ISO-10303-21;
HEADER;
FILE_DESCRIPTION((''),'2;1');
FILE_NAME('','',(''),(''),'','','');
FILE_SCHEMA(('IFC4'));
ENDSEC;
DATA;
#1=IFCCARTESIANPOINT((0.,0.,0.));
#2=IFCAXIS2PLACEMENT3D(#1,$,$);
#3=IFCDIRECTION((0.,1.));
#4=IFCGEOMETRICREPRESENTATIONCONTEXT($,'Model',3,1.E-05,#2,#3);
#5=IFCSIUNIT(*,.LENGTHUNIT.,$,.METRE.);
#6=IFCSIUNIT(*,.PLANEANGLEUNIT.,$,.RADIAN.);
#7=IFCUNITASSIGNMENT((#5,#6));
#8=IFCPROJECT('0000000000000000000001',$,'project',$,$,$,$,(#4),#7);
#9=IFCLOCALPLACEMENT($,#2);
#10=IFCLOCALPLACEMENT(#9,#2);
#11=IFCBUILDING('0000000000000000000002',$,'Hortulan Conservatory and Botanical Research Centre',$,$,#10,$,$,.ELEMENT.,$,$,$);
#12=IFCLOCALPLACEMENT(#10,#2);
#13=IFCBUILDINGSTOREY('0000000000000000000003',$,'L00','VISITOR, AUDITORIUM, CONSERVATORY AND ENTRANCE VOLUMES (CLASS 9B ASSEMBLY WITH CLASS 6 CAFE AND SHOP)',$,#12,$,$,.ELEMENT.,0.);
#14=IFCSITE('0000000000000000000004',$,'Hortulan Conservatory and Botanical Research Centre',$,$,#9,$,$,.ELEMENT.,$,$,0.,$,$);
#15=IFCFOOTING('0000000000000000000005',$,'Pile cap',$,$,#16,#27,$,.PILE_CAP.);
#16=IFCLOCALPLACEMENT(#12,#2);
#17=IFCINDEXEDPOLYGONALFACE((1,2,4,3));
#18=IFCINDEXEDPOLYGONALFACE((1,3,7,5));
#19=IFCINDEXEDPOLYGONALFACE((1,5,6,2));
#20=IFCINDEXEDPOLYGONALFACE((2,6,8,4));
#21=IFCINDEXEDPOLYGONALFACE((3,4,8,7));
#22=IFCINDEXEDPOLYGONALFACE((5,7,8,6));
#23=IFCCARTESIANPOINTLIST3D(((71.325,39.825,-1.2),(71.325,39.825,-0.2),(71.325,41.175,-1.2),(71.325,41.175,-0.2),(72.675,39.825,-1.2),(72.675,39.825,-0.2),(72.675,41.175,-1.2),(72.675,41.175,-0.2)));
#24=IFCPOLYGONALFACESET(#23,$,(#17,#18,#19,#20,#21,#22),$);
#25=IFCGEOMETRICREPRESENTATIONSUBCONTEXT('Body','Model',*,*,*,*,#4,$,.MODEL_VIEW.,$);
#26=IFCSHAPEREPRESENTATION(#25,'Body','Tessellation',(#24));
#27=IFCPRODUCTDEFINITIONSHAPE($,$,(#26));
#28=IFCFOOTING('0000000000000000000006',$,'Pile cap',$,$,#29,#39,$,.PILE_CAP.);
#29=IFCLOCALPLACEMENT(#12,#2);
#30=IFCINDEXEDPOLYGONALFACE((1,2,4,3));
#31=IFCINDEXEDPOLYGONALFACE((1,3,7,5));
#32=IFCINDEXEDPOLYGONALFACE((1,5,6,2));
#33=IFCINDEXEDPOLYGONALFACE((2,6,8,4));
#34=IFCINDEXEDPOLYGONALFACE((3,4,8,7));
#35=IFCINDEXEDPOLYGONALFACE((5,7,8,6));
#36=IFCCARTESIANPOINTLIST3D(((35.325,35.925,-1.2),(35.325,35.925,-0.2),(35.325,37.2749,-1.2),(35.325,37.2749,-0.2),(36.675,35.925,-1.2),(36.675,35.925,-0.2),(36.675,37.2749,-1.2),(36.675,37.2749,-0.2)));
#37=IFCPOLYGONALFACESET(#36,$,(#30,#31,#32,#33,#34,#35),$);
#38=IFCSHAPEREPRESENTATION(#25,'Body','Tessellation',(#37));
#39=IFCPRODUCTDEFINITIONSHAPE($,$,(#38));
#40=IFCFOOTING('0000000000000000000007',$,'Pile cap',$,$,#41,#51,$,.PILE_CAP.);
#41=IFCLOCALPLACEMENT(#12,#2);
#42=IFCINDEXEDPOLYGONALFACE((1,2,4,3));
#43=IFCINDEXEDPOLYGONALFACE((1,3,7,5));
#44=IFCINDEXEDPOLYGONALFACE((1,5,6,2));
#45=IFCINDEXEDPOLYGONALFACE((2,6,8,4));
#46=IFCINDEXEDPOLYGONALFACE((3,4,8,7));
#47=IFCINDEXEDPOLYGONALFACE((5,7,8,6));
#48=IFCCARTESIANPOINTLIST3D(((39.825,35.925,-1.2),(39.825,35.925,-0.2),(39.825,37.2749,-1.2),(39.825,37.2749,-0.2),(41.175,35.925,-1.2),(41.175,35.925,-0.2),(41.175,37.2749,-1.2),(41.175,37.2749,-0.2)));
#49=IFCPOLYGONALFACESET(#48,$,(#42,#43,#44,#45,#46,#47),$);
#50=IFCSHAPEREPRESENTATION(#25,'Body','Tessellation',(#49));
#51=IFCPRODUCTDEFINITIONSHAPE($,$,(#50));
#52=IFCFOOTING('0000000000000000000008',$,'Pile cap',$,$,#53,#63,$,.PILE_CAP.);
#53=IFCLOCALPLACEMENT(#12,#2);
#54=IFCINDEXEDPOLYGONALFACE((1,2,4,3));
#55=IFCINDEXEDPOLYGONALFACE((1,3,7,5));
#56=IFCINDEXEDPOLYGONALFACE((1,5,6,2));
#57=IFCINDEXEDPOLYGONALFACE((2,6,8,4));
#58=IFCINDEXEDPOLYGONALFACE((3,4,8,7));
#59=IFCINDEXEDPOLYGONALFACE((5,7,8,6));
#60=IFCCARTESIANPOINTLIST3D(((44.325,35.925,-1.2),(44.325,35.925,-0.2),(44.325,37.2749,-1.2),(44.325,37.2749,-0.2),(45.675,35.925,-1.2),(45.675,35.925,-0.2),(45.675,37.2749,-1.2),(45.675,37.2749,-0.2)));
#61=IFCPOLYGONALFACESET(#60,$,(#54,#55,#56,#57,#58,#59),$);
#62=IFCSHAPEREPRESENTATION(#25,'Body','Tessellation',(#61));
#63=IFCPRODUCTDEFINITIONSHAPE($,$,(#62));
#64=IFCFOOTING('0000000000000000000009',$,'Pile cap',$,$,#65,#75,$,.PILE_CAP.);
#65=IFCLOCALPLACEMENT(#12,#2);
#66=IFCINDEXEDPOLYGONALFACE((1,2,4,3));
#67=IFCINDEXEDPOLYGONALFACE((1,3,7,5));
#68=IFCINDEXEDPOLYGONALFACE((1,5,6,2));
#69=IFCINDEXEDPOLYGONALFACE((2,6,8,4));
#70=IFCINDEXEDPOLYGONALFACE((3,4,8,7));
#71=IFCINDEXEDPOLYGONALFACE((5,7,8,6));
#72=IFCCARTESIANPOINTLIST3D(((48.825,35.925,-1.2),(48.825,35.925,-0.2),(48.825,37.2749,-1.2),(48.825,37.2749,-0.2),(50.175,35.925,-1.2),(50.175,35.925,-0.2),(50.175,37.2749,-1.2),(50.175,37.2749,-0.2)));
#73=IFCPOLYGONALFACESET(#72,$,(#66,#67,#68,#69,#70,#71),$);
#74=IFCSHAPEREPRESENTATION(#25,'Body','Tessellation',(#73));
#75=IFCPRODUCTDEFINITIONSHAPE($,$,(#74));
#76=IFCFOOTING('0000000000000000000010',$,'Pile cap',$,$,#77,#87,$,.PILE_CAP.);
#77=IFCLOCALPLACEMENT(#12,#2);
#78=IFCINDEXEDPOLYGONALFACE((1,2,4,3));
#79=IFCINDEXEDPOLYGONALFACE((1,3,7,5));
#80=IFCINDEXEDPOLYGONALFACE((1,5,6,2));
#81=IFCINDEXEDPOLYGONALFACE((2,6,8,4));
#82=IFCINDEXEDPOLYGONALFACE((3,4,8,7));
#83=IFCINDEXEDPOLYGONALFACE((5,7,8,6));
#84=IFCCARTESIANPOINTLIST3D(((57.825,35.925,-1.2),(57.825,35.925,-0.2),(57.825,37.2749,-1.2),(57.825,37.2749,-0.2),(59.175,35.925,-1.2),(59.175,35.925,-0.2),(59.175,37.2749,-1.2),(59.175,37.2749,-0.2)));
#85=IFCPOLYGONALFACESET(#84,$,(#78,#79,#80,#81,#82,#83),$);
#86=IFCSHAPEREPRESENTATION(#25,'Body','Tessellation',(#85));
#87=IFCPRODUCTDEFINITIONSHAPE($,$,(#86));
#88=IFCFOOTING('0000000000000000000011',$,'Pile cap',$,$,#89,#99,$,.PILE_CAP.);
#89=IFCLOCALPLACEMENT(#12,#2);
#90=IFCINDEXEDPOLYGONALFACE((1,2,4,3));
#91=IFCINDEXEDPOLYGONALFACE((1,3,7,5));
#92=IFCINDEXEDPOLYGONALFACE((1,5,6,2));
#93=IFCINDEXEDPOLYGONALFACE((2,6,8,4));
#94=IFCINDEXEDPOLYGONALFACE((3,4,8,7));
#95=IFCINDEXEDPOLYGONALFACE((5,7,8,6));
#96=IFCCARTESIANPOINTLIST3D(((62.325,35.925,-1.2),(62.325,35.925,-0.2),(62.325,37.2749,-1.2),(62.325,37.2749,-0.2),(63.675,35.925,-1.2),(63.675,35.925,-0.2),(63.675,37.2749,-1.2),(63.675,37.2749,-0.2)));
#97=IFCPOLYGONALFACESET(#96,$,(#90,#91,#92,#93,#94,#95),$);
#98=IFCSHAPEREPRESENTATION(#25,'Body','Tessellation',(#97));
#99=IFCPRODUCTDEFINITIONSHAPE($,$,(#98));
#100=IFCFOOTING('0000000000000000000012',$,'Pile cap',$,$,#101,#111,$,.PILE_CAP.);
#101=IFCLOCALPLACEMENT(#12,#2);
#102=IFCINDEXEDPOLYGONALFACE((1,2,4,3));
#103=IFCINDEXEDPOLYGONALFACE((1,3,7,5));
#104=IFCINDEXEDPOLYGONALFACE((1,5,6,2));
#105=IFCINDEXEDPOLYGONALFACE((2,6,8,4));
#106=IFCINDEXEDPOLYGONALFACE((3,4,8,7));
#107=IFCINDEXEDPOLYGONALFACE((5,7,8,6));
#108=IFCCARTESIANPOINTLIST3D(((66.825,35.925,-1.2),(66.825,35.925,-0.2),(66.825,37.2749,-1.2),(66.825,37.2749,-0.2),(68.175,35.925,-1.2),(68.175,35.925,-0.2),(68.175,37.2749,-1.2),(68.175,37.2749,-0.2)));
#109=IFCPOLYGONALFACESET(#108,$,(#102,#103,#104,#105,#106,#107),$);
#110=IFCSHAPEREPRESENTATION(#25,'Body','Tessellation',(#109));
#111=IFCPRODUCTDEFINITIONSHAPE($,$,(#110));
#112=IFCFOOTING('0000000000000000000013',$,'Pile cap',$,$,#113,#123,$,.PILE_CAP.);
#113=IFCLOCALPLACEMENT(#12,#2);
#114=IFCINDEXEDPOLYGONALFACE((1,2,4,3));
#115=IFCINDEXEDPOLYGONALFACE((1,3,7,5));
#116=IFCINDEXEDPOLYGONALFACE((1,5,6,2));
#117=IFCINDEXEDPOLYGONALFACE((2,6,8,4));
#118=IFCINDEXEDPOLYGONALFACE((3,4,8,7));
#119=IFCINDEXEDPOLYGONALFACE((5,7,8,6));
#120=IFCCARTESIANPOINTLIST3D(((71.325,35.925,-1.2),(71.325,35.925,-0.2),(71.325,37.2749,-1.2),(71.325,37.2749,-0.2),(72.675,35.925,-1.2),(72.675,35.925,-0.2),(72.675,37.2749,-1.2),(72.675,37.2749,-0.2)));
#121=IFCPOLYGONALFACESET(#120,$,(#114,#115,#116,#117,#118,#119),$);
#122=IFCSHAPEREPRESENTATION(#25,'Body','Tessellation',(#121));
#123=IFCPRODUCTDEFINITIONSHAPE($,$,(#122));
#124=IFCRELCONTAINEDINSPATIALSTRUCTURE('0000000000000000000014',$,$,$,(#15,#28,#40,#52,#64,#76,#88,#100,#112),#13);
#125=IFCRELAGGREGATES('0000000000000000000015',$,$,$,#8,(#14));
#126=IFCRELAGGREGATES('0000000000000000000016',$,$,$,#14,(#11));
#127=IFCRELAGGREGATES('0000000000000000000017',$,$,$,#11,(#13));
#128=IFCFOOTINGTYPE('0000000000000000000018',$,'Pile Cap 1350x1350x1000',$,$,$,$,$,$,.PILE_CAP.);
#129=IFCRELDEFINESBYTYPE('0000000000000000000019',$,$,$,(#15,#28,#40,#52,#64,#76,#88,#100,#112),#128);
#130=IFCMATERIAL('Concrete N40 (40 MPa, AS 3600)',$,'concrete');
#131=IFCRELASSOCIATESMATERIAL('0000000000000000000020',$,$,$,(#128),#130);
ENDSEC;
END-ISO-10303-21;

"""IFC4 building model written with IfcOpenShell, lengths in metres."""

from ifc_helpers import new_model, si_unit, direction, frame, origin, place, context, subcontext, project, spatial, polyline, outline, extrude, material, type_object, element, save


model = new_model("IFC4")

# Units and contexts
model_context = context("Model", 3, precision=1e-05, world=origin(), true_north=direction((0.0, 1.0)))
body_context = subcontext(model_context, "Body", "Model", "MODEL_VIEW")
ifc_project = project(units=[si_unit("LENGTHUNIT", "METRE"), si_unit("PLANEANGLEUNIT", "RADIAN")], contexts=[model_context])

# Site, building, storey
site_placement = place(None, origin())
site = spatial("IfcSite", under=ifc_project, at=site_placement, Name="Hortulan Conservatory and Botanical Research Centre", CompositionType="ELEMENT", RefElevation=0.0)
building_placement = place(site_placement, origin())
building = spatial("IfcBuilding", under=site, at=building_placement, Name="Hortulan Conservatory and Botanical Research Centre", CompositionType="ELEMENT")
storey_placement = place(building_placement, origin())
storey = spatial("IfcBuildingStorey", under=building, at=storey_placement, Name="L00", Description="VISITOR, AUDITORIUM, CONSERVATORY AND ENTRANCE VOLUMES (CLASS 9B ASSEMBLY WITH CLASS 6 CAFE AND SHOP)", CompositionType="ELEMENT", Elevation=0.0)

# Footings
ifc_material = material(Name="Concrete N40 (40 MPa, AS 3600)", Category="concrete")
footing_type_1 = type_object("IfcFootingType", Name="Pile Cap 1350x1350x1000", PredefinedType="PILE_CAP", material=ifc_material)
footing_1_placement = place(storey_placement, frame((0.0, 0.0, -1.2)))
element("IfcFooting", 1, at=footing_1_placement, inside=storey, type_object=footing_type_1, Name="Pile cap", PredefinedType="PILE_CAP", context=body_context, shape_type="SweptSolid", body=[
    extrude(outline(polyline([(72.675, 39.825), (72.675, 41.175), (71.325, 41.175), (71.325, 39.825), (72.675, 39.825)])), origin(), (0.0, 0.0, 1.0), 1.0),
])
footing_2_placement = place(storey_placement, frame((0.0, 0.0, -1.2)))
element("IfcFooting", 2, at=footing_2_placement, inside=storey, type_object=footing_type_1, Name="Pile cap", PredefinedType="PILE_CAP", context=body_context, shape_type="SweptSolid", body=[
    extrude(outline(polyline([(36.675, 35.925), (36.675, 37.2749), (35.325, 37.2749), (35.325, 35.925), (36.675, 35.925)])), origin(), (0.0, 0.0, 1.0), 1.0),
])
footing_3_placement = place(storey_placement, frame((0.0, 0.0, -1.2)))
element("IfcFooting", 3, at=footing_3_placement, inside=storey, type_object=footing_type_1, Name="Pile cap", PredefinedType="PILE_CAP", context=body_context, shape_type="SweptSolid", body=[
    extrude(outline(polyline([(41.175, 35.925), (41.175, 37.2749), (39.825, 37.2749), (39.825, 35.925), (41.175, 35.925)])), origin(), (0.0, 0.0, 1.0), 1.0),
])
footing_4_placement = place(storey_placement, frame((0.0, 0.0, -1.2)))
element("IfcFooting", 4, at=footing_4_placement, inside=storey, type_object=footing_type_1, Name="Pile cap", PredefinedType="PILE_CAP", context=body_context, shape_type="SweptSolid", body=[
    extrude(outline(polyline([(45.675, 35.925), (45.675, 37.2749), (44.325, 37.2749), (44.325, 35.925), (45.675, 35.925)])), origin(), (0.0, 0.0, 1.0), 1.0),
])
footing_5_placement = place(storey_placement, frame((0.0, 0.0, -1.2)))
element("IfcFooting", 5, at=footing_5_placement, inside=storey, type_object=footing_type_1, Name="Pile cap", PredefinedType="PILE_CAP", context=body_context, shape_type="SweptSolid", body=[
    extrude(outline(polyline([(50.175, 35.925), (50.175, 37.2749), (48.825, 37.2749), (48.825, 35.925), (50.175, 35.925)])), origin(), (0.0, 0.0, 1.0), 1.0),
])
footing_6_placement = place(storey_placement, frame((0.0, 0.0, -1.2)))
element("IfcFooting", 6, at=footing_6_placement, inside=storey, type_object=footing_type_1, Name="Pile cap", PredefinedType="PILE_CAP", context=body_context, shape_type="SweptSolid", body=[
    extrude(outline(polyline([(59.175, 35.925), (59.175, 37.2749), (57.825, 37.2749), (57.825, 35.925), (59.175, 35.925)])), origin(), (0.0, 0.0, 1.0), 1.0),
])
footing_7_placement = place(storey_placement, frame((0.0, 0.0, -1.2)))
element("IfcFooting", 7, at=footing_7_placement, inside=storey, type_object=footing_type_1, Name="Pile cap", PredefinedType="PILE_CAP", context=body_context, shape_type="SweptSolid", body=[
    extrude(outline(polyline([(63.675, 35.925), (63.675, 37.2749), (62.325, 37.2749), (62.325, 35.925), (63.675, 35.925)])), origin(), (0.0, 0.0, 1.0), 1.0),
])
footing_8_placement = place(storey_placement, frame((0.0, 0.0, -1.2)))
element("IfcFooting", 8, at=footing_8_placement, inside=storey, type_object=footing_type_1, Name="Pile cap", PredefinedType="PILE_CAP", context=body_context, shape_type="SweptSolid", body=[
    extrude(outline(polyline([(68.175, 35.925), (68.175, 37.2749), (66.825, 37.2749), (66.825, 35.925), (68.175, 35.925)])), origin(), (0.0, 0.0, 1.0), 1.0),
])
footing_9_placement = place(storey_placement, frame((0.0, 0.0, -1.2)))
element("IfcFooting", 9, at=footing_9_placement, inside=storey, type_object=footing_type_1, Name="Pile cap", PredefinedType="PILE_CAP", context=body_context, shape_type="SweptSolid", body=[
    extrude(outline(polyline([(72.675, 35.925), (72.675, 37.2749), (71.325, 37.2749), (71.325, 35.925), (72.675, 35.925)])), origin(), (0.0, 0.0, 1.0), 1.0),
])

save(model, "model.ifc")
